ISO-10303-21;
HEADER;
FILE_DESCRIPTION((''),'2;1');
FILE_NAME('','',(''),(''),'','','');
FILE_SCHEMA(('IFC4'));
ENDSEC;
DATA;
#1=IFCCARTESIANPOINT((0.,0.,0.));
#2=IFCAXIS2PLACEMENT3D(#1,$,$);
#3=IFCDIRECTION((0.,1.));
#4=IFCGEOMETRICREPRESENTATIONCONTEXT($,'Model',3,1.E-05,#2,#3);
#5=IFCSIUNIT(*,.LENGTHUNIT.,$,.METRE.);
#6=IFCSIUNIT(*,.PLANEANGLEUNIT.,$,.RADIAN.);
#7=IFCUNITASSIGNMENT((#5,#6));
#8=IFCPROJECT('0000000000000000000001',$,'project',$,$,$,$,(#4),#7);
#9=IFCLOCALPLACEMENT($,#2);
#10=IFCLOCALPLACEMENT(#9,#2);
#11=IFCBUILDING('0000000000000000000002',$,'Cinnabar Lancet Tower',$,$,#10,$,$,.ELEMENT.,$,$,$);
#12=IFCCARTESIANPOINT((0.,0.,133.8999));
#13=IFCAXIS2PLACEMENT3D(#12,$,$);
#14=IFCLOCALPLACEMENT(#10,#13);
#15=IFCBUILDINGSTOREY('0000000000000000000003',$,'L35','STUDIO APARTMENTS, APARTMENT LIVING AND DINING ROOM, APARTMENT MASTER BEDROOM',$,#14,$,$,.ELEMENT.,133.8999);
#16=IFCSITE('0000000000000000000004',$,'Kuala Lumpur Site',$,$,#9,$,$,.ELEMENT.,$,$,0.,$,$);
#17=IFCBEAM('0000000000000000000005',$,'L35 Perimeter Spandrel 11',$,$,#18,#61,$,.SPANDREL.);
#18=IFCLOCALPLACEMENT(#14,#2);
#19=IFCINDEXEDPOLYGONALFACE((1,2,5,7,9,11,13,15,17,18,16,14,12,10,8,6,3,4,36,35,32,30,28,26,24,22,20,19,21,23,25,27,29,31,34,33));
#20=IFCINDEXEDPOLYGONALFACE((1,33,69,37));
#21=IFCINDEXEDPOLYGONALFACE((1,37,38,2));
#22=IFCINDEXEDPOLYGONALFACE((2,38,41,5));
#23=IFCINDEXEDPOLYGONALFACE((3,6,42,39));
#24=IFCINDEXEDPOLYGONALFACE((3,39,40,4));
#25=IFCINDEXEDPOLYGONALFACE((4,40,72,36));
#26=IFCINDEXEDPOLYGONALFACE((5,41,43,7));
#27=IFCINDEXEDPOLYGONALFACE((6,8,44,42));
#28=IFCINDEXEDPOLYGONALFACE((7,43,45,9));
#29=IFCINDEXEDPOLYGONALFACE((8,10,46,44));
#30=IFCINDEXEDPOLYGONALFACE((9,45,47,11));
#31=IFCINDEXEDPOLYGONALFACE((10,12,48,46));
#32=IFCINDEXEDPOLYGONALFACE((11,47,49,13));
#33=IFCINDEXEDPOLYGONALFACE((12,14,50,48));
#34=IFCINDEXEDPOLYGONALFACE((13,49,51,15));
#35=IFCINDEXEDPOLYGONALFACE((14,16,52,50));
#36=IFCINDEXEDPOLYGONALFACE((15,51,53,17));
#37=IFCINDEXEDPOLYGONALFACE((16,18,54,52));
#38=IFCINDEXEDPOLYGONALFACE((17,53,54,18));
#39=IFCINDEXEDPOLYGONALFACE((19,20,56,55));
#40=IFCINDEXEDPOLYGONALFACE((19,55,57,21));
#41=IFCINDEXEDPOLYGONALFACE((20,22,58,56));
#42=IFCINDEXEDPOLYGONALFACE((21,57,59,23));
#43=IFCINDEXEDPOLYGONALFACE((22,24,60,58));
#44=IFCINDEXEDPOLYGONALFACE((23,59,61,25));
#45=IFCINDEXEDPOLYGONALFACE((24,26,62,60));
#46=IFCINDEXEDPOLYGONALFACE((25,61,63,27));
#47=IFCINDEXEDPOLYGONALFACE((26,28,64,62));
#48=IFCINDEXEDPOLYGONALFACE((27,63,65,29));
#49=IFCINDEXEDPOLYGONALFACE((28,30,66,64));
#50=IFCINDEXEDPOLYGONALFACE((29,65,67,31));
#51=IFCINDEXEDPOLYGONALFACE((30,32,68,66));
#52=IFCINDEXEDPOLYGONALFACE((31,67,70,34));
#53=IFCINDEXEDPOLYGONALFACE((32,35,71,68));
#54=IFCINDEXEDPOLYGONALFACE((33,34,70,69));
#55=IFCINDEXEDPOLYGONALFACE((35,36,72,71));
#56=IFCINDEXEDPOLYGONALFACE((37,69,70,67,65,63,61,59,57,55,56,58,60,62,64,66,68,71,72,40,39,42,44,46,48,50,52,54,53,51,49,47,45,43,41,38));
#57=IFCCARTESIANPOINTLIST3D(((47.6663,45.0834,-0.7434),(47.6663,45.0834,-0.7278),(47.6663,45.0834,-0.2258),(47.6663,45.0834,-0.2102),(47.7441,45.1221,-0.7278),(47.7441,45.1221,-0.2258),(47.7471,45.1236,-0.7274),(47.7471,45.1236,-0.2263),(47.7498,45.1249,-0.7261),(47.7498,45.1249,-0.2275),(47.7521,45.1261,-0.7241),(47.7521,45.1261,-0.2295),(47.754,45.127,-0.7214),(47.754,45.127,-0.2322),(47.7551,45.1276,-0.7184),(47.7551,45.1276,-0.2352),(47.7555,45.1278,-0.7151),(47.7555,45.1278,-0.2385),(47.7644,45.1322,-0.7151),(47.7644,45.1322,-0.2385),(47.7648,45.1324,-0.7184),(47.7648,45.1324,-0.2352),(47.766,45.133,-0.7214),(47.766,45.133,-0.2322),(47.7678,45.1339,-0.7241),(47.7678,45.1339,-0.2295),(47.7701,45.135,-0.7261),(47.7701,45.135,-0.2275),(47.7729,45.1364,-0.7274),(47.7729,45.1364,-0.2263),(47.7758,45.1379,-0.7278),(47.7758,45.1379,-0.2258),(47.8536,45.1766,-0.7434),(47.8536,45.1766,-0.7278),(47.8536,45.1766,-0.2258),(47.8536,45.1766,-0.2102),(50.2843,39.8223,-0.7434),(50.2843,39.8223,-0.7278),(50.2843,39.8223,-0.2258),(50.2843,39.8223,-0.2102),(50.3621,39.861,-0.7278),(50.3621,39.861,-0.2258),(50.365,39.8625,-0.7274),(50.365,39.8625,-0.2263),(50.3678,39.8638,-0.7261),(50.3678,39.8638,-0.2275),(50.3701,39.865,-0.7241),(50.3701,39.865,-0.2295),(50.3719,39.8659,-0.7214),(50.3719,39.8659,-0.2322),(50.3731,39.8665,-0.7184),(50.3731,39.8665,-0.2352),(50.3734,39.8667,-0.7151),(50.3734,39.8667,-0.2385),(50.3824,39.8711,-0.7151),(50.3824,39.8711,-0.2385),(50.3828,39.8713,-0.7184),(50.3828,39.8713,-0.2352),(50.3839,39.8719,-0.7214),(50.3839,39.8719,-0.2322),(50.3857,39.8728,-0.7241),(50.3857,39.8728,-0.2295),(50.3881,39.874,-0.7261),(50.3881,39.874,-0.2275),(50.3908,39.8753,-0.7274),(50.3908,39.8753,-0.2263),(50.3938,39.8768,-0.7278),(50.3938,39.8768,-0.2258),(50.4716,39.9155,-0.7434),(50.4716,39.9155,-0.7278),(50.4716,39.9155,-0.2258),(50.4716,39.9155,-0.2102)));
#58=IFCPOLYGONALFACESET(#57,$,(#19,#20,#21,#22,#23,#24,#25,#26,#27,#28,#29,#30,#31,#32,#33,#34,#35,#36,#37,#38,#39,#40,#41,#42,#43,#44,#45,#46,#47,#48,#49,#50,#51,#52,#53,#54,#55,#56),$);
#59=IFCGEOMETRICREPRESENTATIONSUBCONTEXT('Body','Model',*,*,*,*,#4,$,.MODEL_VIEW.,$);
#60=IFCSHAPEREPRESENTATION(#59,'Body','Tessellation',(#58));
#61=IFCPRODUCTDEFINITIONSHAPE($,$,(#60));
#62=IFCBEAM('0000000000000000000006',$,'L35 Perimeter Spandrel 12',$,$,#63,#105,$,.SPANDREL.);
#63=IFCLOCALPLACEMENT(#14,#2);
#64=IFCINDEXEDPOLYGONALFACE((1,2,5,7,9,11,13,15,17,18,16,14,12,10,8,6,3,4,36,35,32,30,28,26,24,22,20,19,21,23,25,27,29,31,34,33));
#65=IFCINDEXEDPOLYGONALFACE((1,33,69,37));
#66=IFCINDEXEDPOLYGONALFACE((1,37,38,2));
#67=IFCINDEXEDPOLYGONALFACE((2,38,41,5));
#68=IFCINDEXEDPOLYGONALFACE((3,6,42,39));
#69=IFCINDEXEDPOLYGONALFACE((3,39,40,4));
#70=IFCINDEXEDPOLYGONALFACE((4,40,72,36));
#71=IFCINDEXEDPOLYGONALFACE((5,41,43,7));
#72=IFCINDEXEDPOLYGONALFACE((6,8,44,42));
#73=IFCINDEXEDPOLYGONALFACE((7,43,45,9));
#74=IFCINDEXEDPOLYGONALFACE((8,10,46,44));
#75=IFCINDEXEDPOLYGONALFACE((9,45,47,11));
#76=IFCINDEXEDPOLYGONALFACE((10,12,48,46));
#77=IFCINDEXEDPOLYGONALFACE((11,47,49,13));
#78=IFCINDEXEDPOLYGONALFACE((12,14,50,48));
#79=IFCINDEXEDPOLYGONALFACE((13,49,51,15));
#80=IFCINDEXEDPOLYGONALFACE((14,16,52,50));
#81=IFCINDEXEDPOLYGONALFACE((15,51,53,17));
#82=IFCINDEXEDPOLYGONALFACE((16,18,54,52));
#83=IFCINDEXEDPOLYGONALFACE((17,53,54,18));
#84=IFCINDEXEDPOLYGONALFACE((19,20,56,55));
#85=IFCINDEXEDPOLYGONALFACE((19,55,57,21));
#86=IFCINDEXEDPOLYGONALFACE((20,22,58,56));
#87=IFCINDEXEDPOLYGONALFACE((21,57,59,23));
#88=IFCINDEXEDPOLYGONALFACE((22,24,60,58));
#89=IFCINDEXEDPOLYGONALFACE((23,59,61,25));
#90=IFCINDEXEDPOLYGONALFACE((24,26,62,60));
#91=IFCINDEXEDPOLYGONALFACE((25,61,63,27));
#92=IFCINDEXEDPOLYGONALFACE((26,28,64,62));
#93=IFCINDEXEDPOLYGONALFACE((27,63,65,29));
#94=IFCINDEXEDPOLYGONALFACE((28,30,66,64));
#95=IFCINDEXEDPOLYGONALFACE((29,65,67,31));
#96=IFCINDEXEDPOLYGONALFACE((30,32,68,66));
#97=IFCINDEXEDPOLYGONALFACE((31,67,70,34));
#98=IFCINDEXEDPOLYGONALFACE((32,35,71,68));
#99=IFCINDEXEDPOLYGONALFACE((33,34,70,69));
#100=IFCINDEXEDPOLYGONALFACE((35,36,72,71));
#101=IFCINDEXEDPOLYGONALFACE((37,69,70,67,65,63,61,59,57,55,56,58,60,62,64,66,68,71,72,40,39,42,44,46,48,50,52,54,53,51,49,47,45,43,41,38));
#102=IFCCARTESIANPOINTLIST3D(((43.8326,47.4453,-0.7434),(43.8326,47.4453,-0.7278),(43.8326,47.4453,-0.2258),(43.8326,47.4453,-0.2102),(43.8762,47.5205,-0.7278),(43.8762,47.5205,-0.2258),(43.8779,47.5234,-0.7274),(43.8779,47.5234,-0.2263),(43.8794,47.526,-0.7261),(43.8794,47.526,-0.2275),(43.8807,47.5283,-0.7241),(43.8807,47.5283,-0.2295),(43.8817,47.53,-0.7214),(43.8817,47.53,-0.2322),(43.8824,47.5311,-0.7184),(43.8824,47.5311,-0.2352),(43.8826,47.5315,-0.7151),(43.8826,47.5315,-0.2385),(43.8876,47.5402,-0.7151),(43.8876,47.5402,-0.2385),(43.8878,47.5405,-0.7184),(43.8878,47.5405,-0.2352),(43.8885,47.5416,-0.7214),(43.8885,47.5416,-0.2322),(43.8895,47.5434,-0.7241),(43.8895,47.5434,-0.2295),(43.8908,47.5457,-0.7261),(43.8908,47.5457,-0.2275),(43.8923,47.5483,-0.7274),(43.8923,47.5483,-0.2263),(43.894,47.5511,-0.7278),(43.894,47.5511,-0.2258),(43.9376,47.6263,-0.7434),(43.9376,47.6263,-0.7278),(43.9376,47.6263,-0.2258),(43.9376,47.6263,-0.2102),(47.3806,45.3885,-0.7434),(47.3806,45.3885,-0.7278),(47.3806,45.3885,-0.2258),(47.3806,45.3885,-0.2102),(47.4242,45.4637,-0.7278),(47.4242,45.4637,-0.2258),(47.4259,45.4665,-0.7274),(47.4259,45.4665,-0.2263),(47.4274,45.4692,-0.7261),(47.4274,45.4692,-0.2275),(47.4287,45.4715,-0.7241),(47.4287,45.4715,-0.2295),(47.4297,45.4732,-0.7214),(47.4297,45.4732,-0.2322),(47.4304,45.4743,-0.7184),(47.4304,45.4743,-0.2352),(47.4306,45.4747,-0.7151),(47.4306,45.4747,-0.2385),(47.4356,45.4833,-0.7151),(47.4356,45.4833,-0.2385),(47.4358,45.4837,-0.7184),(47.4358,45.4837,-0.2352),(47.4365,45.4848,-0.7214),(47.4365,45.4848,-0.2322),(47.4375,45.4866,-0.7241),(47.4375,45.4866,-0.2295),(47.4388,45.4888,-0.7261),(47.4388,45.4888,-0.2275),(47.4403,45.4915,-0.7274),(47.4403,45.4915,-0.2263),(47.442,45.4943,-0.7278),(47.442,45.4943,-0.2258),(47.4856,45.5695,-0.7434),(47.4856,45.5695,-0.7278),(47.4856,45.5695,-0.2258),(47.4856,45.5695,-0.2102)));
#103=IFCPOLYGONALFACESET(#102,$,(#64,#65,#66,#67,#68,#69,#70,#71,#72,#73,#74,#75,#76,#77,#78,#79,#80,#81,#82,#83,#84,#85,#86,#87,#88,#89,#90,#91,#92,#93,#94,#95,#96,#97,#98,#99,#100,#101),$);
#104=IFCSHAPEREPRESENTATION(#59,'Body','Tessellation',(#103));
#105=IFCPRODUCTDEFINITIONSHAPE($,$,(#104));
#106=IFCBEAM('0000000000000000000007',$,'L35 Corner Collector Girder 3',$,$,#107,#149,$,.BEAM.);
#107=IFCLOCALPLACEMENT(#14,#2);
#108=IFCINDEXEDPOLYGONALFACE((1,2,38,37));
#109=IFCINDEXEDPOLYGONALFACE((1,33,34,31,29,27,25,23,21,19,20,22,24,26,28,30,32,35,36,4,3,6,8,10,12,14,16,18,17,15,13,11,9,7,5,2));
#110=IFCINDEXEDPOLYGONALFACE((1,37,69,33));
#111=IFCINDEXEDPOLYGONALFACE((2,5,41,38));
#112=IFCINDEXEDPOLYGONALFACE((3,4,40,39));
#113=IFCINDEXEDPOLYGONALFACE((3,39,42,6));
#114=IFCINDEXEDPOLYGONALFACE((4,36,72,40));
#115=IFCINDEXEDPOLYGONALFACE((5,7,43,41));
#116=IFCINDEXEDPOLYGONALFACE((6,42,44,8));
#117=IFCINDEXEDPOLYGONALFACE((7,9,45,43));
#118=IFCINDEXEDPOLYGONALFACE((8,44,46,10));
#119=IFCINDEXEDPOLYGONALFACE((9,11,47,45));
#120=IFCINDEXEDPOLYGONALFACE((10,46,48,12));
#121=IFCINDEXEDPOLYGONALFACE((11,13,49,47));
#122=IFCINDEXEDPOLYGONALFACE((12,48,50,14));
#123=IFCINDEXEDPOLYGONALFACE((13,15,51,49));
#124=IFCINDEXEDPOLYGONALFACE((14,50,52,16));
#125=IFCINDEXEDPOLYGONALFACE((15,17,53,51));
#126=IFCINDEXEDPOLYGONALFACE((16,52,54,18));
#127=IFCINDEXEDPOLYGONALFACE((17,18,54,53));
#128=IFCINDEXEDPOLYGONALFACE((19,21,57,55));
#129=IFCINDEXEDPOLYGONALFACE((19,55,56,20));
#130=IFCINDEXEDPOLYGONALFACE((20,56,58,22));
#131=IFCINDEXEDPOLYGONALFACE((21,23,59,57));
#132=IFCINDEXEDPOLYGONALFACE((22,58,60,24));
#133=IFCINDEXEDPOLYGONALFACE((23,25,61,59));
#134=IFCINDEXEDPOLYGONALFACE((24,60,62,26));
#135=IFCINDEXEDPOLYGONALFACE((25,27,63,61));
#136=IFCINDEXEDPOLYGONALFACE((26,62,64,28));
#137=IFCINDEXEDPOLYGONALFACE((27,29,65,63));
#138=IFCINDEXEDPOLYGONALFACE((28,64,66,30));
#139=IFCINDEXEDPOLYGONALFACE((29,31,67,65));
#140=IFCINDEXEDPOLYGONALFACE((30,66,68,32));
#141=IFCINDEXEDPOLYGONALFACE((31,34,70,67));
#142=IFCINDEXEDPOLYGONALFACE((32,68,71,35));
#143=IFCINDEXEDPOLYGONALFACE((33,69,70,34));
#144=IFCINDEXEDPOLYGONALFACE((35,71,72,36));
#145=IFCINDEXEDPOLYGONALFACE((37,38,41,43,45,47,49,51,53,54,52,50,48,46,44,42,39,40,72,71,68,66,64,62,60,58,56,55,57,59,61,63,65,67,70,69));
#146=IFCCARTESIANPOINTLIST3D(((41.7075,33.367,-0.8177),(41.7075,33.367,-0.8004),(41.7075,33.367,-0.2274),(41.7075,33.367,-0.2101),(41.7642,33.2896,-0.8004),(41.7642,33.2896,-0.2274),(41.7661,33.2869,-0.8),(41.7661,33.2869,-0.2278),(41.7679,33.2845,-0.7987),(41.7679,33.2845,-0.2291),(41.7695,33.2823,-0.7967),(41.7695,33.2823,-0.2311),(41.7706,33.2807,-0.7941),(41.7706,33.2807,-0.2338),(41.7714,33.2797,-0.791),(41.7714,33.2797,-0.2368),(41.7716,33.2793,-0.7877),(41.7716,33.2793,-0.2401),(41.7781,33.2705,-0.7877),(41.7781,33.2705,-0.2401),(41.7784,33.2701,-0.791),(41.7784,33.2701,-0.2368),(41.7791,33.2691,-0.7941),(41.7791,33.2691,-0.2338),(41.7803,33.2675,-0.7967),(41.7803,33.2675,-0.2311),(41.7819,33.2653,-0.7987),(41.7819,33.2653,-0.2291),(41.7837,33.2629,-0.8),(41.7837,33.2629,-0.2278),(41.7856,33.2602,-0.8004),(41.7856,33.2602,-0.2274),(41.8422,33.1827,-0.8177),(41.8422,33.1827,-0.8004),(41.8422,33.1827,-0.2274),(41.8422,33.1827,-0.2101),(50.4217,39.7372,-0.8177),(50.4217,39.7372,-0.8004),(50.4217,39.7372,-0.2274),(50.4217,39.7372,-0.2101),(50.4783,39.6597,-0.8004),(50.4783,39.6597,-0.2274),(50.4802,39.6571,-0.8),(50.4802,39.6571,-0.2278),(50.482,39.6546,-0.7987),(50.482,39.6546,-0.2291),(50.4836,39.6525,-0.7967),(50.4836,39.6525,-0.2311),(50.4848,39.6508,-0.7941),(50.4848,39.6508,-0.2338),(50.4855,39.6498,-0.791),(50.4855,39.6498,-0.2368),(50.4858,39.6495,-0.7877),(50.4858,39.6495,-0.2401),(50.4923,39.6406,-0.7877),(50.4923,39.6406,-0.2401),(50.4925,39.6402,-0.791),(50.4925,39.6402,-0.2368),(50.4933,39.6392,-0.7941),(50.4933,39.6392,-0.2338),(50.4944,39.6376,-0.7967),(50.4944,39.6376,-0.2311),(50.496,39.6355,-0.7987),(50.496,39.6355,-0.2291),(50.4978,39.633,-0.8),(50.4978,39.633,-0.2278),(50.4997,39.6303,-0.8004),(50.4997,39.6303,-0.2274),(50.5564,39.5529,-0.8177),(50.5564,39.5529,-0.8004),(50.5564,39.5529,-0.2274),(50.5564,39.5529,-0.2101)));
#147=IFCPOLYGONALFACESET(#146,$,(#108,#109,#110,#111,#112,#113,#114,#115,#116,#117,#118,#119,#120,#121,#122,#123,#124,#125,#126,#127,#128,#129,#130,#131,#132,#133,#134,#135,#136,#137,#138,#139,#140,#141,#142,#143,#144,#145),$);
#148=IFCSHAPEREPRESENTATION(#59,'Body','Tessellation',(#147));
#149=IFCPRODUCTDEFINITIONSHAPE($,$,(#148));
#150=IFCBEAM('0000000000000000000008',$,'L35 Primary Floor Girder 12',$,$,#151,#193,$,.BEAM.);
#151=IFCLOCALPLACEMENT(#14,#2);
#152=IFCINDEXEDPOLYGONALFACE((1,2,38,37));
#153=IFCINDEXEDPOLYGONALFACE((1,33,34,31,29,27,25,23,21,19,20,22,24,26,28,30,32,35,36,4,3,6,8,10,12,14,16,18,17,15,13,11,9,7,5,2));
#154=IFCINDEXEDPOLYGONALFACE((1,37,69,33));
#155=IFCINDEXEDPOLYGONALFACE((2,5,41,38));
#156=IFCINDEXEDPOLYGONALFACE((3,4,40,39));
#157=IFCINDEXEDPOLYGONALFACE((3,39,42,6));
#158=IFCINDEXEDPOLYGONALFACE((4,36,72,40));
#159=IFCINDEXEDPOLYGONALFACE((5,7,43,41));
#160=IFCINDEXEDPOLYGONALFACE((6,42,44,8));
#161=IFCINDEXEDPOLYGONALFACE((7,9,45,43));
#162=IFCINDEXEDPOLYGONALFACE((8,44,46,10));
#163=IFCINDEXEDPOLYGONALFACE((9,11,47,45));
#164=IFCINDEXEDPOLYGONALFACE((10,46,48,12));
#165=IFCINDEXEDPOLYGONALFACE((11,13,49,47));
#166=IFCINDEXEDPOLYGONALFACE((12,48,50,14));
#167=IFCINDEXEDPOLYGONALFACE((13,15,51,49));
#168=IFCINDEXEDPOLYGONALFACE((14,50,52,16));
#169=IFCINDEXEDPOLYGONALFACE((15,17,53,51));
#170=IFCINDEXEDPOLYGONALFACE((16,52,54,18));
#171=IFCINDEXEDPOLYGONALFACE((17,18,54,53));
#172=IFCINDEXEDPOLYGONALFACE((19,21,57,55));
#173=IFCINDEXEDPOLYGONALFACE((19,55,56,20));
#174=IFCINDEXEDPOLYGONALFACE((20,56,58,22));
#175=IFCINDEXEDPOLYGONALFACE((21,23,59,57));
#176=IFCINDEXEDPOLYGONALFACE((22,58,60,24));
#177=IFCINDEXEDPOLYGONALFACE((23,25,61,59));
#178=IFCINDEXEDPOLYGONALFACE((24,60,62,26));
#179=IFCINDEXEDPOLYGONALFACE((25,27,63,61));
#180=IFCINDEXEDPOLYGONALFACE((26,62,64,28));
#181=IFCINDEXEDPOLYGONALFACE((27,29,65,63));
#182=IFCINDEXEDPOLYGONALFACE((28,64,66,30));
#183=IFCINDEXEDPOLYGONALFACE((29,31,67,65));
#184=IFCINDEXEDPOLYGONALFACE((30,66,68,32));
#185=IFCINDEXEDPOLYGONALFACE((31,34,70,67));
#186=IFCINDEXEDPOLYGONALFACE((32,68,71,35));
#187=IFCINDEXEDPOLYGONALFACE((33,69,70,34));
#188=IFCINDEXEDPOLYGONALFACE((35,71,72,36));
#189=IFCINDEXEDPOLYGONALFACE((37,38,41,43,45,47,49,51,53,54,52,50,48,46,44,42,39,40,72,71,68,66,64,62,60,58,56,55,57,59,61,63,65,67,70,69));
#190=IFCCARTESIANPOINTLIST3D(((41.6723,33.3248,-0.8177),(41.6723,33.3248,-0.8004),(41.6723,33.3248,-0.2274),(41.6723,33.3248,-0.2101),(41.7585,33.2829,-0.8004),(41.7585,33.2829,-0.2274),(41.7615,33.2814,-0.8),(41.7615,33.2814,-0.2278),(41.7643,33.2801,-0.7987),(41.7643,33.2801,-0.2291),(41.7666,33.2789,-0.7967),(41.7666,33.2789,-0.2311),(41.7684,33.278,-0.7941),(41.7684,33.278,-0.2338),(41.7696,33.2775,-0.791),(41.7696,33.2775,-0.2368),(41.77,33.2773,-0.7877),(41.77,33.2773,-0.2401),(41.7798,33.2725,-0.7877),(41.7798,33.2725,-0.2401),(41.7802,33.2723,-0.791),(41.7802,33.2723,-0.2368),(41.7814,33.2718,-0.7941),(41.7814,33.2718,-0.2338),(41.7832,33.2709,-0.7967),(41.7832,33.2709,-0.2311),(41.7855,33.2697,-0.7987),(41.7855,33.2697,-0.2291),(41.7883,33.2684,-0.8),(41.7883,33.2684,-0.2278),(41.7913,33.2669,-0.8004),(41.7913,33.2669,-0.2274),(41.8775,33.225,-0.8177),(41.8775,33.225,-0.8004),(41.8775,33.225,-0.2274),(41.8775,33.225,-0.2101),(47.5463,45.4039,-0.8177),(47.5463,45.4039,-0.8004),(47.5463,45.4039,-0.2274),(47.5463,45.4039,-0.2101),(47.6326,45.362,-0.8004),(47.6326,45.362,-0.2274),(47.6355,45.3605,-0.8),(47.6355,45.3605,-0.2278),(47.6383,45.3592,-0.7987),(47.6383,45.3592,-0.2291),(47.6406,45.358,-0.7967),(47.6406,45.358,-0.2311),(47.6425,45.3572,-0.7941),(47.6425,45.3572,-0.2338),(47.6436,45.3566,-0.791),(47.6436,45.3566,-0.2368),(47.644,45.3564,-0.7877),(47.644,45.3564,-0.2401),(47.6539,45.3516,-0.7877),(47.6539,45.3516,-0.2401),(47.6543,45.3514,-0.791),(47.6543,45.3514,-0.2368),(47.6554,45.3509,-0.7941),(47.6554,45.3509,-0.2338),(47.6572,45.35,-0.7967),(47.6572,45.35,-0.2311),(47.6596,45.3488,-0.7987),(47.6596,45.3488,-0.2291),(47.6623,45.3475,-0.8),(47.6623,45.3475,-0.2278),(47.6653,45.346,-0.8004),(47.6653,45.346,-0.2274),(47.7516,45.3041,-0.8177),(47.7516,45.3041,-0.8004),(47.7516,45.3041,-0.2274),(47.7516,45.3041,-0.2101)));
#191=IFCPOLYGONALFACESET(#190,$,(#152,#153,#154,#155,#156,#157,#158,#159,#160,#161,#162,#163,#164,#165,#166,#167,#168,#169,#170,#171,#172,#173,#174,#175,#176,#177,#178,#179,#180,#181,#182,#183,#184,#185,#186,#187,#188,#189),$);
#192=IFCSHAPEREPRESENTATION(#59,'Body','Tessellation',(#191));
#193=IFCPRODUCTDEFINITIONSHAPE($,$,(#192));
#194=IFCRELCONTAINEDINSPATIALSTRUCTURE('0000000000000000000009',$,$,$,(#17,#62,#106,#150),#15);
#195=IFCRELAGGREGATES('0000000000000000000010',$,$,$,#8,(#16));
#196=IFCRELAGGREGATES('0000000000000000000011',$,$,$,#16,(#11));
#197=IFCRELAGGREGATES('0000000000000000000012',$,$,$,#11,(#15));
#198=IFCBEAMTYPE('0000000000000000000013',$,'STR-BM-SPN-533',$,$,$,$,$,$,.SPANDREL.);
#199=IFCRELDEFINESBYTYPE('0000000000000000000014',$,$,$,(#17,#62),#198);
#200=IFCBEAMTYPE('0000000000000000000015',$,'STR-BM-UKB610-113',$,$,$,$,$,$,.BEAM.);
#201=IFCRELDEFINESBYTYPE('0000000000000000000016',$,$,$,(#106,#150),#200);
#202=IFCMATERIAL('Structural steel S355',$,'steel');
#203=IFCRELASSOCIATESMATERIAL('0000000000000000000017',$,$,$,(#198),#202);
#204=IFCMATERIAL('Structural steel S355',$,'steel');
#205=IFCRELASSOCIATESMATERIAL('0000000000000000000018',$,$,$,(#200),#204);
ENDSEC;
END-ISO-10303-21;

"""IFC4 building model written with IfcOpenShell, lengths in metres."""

from ifc_helpers import new_model, si_unit, direction, frame, origin, origin_2d, place, context, subcontext, project, spatial, i_section, extrude, material, material_profile, profile_set, type_object, element, save


model = new_model("IFC4")

# Units and contexts
model_context = context("Model", 3, precision=1e-05, world=origin(), true_north=direction((0.0, 1.0)))
body_context = subcontext(model_context, "Body", "Model", "MODEL_VIEW")
ifc_project = project(units=[si_unit("LENGTHUNIT", "METRE"), si_unit("PLANEANGLEUNIT", "RADIAN")], contexts=[model_context])

# Site, building, storey
site_placement = place(None, origin())
site = spatial("IfcSite", under=ifc_project, at=site_placement, Name="Kuala Lumpur Site", CompositionType="ELEMENT", RefElevation=0.0)
building_placement = place(site_placement, origin())
building = spatial("IfcBuilding", under=site, at=building_placement, Name="Cinnabar Lancet Tower", CompositionType="ELEMENT")
storey_placement = place(building_placement, frame((0.0, 0.0, 133.8999)))
storey = spatial("IfcBuildingStorey", under=building, at=storey_placement, Name="L35", Description="STUDIO APARTMENTS, APARTMENT LIVING AND DINING ROOM, APARTMENT MASTER BEDROOM", CompositionType="ELEMENT", Elevation=133.8999)

# Beams
ifc_material_1 = material(Name="Structural steel S355", Category="steel")
ifc_material_profile_1 = material_profile(ifc_material_1, i_section(OverallWidth=0.2092, OverallDepth=0.5332, WebThickness=0.01, FlangeThickness=0.0156, FilletRadius=0.0127, at=origin_2d()), Name="UKB 533x210x92")
ifc_profile_set_1 = profile_set([ifc_material_profile_1], Name="Structural steel S355")
beam_type_1 = type_object("IfcBeamType", Name="STR-BM-SPN-533", PredefinedType="SPANDREL", material=ifc_profile_set_1)
beam_1_placement = place(storey_placement, frame((50.3779, 39.8689, -0.4768), z_axis=(-0.445501, 0.895281, 0.0), x_axis=(-0.895281, -0.445501, 0.0)))
element("IfcBeam", 1, at=beam_1_placement, inside=storey, type_object=beam_type_1, Name="L35 Perimeter Spandrel 11", PredefinedType="SPANDREL", context=body_context, shape_type="SweptSolid", body=[
    extrude(i_section(OverallWidth=0.2092, OverallDepth=0.5332, WebThickness=0.01, FlangeThickness=0.0156, FilletRadius=0.0127, at=origin_2d()), origin(), (0.0, 0.0, 1.0), 5.8765),
])
beam_2_placement = place(storey_placement, frame((47.4331, 45.479, -0.4768), z_axis=(-0.865138, 0.501534, 0.0), x_axis=(-0.501534, -0.865138, 0.0)))
element("IfcBeam", 2, at=beam_2_placement, inside=storey, type_object=beam_type_1, Name="L35 Perimeter Spandrel 12", PredefinedType="SPANDREL", context=body_context, shape_type="SweptSolid", body=[
    extrude(i_section(OverallWidth=0.2092, OverallDepth=0.5332, WebThickness=0.01, FlangeThickness=0.0156, FilletRadius=0.0127, at=origin_2d()), origin(), (0.0, 0.0, 1.0), 4.1011),
])
ifc_material_2 = material(Name="Structural steel S355", Category="steel")
ifc_material_profile_2 = material_profile(ifc_material_2, i_section(OverallWidth=0.2283, OverallDepth=0.6077, WebThickness=0.011, FlangeThickness=0.0173, FilletRadius=0.0127, at=origin_2d()), Name="UKB 610x229x113")
ifc_profile_set_2 = profile_set([ifc_material_profile_2], Name="Structural steel S355")
beam_type_2 = type_object("IfcBeamType", Name="STR-BM-UKB610-113", PredefinedType="BEAM", material=ifc_profile_set_2)
beam_3_placement = place(storey_placement, frame((50.489, 39.645, -0.5139), z_axis=(-0.807298, -0.590144, 0.0), x_axis=(0.590144, -0.807298, 0.0)))
element("IfcBeam", 3, at=beam_3_placement, inside=storey, type_object=beam_type_2, Name="L35 Corner Collector Girder 3", PredefinedType="BEAM", context=body_context, shape_type="SweptSolid", body=[
    extrude(i_section(OverallWidth=0.2283, OverallDepth=0.6077, WebThickness=0.011, FlangeThickness=0.0173, FilletRadius=0.0127, at=origin_2d()), origin(), (0.0, 0.0, 1.0), 10.7942),
])
beam_4_placement = place(storey_placement, frame((47.6489, 45.354, -0.5139), z_axis=(-0.437327, -0.899302, 0.0), x_axis=(0.899302, -0.437327, 0.0)))
element("IfcBeam", 4, at=beam_4_placement, inside=storey, type_object=beam_type_2, Name="L35 Primary Floor Girder 12", PredefinedType="BEAM", context=body_context, shape_type="SweptSolid", body=[
    extrude(i_section(OverallWidth=0.2283, OverallDepth=0.6077, WebThickness=0.011, FlangeThickness=0.0173, FilletRadius=0.0127, at=origin_2d()), origin(), (0.0, 0.0, 1.0), 13.4316),
])

save(model, "model.ifc")
